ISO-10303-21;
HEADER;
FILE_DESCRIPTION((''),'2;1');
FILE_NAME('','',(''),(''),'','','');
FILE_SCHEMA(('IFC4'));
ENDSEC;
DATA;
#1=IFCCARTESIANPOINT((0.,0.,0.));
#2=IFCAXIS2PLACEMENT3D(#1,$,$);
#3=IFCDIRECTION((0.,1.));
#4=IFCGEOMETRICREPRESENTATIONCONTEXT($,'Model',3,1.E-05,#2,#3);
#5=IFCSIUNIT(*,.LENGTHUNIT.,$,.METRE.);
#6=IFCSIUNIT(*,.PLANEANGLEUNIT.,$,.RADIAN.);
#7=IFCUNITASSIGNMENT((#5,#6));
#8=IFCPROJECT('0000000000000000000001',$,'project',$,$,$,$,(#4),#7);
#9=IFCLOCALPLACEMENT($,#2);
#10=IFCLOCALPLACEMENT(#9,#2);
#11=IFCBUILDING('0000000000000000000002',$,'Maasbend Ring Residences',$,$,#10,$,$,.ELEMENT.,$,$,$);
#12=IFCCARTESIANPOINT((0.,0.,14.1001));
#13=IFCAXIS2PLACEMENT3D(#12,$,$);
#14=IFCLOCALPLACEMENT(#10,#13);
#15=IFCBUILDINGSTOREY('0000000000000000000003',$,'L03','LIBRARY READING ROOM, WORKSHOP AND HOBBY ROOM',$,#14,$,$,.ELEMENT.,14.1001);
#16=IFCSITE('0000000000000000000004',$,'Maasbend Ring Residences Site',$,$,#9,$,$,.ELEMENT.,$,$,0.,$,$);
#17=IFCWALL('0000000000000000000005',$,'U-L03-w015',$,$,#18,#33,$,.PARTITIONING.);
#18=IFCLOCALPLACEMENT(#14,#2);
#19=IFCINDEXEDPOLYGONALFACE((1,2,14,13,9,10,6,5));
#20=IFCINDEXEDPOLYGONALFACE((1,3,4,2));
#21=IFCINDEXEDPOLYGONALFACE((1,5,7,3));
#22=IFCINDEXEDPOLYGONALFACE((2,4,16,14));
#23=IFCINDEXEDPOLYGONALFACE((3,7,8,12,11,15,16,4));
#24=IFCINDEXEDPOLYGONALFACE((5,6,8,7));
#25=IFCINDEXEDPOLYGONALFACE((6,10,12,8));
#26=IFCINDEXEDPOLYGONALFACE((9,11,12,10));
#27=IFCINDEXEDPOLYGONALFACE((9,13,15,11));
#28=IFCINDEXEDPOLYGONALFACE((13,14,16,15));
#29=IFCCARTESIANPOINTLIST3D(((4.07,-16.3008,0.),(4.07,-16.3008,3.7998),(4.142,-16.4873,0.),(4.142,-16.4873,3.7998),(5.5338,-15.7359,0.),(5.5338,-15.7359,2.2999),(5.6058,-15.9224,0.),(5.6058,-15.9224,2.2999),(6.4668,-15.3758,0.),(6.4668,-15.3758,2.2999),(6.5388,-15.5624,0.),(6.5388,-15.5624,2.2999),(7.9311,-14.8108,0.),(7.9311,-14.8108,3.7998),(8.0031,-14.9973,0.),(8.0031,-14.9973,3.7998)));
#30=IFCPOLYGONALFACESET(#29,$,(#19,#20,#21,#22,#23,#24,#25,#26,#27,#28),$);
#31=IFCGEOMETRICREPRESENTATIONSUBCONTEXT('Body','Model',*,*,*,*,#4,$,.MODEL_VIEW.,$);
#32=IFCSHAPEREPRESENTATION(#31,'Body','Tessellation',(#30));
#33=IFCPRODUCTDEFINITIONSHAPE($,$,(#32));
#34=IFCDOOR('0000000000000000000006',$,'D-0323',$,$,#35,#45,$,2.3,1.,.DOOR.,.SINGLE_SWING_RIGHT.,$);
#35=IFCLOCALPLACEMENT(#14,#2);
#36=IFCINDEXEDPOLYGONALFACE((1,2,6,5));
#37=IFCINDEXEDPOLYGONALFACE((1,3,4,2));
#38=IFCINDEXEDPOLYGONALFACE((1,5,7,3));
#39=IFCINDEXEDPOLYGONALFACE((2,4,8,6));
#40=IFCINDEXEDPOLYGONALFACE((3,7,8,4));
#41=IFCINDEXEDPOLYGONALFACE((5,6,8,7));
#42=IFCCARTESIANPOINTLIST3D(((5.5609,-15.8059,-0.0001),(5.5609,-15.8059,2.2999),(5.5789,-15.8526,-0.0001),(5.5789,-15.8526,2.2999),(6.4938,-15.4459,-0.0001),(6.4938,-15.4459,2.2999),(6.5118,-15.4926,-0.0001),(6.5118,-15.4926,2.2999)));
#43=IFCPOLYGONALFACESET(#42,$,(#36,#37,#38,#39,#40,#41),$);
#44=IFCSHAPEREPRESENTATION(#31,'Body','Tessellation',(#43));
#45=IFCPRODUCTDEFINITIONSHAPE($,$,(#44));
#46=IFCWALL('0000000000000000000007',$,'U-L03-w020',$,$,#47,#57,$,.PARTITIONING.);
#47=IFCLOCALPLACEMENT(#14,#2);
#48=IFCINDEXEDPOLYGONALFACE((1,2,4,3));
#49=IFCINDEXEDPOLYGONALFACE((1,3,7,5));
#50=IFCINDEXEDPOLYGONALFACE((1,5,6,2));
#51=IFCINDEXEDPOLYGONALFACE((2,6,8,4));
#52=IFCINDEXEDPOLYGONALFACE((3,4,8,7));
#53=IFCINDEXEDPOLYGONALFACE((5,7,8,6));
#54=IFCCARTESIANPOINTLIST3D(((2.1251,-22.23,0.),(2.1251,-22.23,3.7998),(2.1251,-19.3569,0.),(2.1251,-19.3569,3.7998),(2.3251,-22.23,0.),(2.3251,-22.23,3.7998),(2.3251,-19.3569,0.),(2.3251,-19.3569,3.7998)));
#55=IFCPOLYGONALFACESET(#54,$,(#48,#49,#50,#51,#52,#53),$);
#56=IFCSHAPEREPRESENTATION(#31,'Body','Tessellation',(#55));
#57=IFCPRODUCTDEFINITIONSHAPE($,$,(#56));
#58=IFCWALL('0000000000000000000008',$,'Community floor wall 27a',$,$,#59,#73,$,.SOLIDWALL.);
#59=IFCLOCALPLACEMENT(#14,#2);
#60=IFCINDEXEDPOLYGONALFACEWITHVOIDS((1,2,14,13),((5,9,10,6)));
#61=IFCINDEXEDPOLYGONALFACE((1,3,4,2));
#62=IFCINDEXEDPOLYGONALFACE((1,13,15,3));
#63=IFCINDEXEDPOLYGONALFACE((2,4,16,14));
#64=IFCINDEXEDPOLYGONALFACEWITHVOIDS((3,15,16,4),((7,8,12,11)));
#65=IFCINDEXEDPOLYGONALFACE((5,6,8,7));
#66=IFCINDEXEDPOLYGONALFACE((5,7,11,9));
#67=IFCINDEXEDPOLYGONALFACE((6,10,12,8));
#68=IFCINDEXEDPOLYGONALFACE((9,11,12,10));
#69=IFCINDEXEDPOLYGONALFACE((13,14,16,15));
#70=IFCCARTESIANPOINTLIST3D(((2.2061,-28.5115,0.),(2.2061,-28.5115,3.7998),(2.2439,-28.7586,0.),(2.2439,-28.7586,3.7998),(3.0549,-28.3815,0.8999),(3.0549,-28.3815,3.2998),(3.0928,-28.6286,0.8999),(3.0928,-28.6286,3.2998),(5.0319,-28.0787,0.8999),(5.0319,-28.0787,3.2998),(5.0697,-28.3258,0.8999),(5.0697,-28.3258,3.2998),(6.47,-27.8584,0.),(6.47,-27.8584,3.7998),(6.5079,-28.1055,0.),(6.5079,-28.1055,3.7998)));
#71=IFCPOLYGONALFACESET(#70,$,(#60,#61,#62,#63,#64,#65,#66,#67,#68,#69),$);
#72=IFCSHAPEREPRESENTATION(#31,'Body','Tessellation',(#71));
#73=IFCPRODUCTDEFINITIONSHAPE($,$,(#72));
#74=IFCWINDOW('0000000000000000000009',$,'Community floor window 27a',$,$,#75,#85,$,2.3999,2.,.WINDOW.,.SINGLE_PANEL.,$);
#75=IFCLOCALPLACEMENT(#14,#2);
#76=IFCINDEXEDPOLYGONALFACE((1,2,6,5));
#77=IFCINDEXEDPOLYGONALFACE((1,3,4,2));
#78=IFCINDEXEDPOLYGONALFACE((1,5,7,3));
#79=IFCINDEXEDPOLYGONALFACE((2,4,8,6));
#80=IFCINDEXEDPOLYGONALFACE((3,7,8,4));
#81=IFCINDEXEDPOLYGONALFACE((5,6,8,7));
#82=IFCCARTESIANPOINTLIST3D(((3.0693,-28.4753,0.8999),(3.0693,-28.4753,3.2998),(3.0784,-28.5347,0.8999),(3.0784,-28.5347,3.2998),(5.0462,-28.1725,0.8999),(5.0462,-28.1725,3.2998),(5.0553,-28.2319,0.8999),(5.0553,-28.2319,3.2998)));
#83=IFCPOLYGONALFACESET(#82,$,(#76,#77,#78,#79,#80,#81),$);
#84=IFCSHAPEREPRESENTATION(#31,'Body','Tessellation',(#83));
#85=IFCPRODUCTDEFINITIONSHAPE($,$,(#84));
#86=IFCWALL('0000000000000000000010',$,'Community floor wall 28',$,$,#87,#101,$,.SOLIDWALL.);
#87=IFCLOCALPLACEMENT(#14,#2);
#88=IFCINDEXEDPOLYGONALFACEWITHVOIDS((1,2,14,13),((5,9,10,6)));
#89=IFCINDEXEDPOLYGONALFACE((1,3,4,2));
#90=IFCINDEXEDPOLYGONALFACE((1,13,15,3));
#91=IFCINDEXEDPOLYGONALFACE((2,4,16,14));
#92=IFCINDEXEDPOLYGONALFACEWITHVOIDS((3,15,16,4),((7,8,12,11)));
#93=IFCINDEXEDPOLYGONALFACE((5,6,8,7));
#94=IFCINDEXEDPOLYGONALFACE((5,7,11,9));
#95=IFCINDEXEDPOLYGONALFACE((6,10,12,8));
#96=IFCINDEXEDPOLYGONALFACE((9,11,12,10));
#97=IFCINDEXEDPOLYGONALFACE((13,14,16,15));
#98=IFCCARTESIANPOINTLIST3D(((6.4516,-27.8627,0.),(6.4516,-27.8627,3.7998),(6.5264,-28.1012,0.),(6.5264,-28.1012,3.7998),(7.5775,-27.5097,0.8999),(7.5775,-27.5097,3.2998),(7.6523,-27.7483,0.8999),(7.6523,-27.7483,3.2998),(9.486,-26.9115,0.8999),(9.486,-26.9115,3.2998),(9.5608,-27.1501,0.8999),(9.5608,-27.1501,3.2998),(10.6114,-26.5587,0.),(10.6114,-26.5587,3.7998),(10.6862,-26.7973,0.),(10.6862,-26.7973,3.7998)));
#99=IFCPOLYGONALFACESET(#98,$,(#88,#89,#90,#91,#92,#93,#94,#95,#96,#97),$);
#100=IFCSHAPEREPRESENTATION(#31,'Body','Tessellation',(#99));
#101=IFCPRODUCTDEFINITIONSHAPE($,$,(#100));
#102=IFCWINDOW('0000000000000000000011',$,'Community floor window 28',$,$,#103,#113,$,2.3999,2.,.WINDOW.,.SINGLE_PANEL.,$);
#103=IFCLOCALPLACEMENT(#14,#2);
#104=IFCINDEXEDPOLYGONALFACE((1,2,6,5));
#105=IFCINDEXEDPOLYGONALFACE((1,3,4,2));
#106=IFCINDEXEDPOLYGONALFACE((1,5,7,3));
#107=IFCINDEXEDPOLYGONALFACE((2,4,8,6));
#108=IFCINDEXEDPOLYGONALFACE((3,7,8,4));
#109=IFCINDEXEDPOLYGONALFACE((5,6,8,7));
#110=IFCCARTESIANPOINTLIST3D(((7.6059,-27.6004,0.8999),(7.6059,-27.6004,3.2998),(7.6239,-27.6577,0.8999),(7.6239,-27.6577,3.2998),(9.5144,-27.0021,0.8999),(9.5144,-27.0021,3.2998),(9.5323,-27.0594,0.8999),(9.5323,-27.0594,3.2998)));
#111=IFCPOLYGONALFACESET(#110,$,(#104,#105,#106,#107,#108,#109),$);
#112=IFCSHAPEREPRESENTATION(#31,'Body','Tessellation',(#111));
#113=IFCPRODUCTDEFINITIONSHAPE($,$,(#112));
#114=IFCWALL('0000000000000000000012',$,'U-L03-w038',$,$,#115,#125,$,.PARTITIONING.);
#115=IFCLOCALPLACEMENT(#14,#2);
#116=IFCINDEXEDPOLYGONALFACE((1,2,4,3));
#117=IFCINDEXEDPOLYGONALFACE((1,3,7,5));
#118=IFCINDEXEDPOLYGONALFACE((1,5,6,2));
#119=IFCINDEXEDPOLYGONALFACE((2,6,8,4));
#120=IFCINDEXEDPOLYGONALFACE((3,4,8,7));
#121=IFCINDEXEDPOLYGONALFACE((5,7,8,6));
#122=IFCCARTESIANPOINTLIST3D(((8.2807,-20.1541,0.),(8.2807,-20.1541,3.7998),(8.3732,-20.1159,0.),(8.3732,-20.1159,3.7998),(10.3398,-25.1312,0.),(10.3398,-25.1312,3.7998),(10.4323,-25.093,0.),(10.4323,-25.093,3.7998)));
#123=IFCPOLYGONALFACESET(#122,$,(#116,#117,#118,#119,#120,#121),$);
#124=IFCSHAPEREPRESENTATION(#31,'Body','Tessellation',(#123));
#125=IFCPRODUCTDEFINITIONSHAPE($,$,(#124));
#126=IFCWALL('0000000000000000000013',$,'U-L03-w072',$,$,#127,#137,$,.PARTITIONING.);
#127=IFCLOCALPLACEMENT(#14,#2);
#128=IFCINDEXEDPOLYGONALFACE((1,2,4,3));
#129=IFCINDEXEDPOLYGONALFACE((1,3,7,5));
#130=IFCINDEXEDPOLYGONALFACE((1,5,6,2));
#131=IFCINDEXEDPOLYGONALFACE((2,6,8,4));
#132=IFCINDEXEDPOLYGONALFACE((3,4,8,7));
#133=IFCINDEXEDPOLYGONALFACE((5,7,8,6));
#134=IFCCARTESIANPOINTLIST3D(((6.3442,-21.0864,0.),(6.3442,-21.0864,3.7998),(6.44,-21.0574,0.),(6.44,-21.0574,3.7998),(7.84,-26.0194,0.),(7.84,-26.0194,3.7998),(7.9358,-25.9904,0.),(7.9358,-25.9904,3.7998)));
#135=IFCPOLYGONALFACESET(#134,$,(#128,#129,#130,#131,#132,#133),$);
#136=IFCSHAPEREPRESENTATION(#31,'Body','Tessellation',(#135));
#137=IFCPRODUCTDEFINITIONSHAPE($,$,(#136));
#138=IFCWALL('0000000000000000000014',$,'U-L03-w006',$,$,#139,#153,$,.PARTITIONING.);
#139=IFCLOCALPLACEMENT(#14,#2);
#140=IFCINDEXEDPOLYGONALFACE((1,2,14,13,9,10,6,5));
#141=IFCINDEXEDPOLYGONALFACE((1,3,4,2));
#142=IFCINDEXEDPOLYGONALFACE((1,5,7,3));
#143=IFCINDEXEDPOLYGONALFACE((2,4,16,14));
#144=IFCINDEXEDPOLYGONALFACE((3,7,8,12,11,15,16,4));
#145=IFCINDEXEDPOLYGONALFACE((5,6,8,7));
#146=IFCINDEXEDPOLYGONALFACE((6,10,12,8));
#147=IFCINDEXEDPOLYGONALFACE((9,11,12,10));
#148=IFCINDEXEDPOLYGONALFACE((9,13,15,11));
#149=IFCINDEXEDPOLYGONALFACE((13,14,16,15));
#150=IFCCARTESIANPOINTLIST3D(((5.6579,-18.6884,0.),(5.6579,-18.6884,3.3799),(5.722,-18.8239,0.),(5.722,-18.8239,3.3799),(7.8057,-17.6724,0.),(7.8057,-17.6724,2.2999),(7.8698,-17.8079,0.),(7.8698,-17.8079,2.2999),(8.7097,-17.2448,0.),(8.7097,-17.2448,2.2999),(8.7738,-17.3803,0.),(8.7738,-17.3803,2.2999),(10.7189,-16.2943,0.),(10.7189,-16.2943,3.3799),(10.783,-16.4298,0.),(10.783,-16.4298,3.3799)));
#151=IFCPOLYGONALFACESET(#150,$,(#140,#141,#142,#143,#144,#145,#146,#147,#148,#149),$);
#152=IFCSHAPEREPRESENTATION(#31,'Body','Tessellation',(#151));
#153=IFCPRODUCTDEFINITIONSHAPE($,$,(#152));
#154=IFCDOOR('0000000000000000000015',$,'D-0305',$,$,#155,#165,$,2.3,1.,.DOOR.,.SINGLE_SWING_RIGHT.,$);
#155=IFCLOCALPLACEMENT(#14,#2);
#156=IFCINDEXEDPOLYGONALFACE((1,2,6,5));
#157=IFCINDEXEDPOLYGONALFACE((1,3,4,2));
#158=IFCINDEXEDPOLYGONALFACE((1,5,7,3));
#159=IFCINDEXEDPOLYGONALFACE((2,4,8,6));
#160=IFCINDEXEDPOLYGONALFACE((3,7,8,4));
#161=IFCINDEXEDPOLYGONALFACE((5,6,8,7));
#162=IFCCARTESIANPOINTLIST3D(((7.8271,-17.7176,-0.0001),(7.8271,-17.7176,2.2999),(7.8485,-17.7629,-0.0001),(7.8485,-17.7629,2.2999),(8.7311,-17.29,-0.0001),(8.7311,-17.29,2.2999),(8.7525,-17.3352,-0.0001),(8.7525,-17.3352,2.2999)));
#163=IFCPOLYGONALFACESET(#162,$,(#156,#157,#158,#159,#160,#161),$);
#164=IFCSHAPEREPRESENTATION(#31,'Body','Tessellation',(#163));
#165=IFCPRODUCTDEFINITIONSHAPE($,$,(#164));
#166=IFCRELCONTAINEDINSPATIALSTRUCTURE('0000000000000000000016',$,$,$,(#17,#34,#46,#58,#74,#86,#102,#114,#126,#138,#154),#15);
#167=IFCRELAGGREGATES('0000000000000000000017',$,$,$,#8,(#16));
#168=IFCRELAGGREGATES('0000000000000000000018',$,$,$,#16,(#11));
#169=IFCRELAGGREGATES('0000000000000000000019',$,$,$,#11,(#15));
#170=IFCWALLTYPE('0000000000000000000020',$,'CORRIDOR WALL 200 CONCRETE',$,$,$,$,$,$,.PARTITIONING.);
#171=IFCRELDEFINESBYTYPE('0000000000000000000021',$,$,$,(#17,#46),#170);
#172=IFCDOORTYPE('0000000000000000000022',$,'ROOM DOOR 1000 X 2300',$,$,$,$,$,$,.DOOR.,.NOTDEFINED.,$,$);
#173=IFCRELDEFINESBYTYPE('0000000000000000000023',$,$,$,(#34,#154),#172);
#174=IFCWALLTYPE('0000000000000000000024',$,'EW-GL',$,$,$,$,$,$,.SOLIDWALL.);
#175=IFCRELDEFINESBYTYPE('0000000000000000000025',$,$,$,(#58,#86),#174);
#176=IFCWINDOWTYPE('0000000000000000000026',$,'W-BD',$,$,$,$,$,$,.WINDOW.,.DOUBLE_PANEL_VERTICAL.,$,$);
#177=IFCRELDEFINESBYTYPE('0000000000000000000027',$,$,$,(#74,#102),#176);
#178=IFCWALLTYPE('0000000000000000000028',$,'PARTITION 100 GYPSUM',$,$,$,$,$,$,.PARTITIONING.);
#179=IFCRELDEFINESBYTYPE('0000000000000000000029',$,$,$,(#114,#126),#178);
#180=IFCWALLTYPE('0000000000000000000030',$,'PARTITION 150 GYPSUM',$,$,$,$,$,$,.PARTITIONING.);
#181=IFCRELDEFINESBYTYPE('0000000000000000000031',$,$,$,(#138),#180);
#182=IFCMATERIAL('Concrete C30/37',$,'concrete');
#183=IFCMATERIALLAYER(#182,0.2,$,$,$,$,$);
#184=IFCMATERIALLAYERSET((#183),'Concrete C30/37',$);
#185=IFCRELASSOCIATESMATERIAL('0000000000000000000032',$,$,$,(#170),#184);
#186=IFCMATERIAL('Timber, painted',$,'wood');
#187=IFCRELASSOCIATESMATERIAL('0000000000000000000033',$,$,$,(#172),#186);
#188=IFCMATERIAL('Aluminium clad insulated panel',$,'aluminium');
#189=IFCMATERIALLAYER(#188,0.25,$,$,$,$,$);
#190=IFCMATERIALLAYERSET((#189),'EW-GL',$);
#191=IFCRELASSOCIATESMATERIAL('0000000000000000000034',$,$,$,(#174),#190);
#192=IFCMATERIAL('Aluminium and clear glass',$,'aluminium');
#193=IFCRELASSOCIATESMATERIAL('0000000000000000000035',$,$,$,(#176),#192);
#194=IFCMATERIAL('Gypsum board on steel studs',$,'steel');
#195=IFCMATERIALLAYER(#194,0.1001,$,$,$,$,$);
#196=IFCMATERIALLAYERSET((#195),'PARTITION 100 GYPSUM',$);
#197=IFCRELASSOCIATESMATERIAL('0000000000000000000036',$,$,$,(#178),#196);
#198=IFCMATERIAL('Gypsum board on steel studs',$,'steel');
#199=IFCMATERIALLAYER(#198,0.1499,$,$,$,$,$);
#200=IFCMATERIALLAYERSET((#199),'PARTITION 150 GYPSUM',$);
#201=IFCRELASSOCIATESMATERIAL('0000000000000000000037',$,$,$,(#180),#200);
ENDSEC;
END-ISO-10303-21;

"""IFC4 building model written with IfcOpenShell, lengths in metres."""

from ifc_helpers import new_model, si_unit, direction, frame, frame_2d, origin, place, context, subcontext, project, spatial, rectangle, extrude, material, layer, layer_set, type_object, element, fill, save


model = new_model("IFC4")

# Units and contexts
model_context = context("Model", 3, precision=1e-05, world=origin(), true_north=direction((0.0, 1.0)))
body_context = subcontext(model_context, "Body", "Model", "MODEL_VIEW")
ifc_project = project(units=[si_unit("LENGTHUNIT", "METRE"), si_unit("PLANEANGLEUNIT", "RADIAN")], contexts=[model_context])

# Site, building, storey
site_placement = place(None, origin())
site = spatial("IfcSite", under=ifc_project, at=site_placement, Name="Maasbend Ring Residences Site", CompositionType="ELEMENT", RefElevation=0.0)
building_placement = place(site_placement, origin())
building = spatial("IfcBuilding", under=site, at=building_placement, Name="Maasbend Ring Residences", CompositionType="ELEMENT")
storey_placement = place(building_placement, frame((0.0, 0.0, 14.1001)))
storey = spatial("IfcBuildingStorey", under=building, at=storey_placement, Name="L03", Description="LIBRARY READING ROOM, WORKSHOP AND HOBBY ROOM", CompositionType="ELEMENT", Elevation=14.1001)

# Shared definitions
ifc_material_1 = material(Name="Concrete C30/37", Category="concrete")
ifc_layer_1 = layer(ifc_material_1, 0.2)
ifc_layer_set_1 = layer_set([ifc_layer_1], Name="Concrete C30/37")
wall_type_1 = type_object("IfcWallType", Name="CORRIDOR WALL 200 CONCRETE", PredefinedType="PARTITIONING", material=ifc_layer_set_1)

# Wall, opening, door
wall_1_placement = place(storey_placement, frame((4.106, -16.394, 0.0), z_axis=(0.0, 0.0, 1.0), x_axis=(0.932944, 0.360022, 0.0)))
wall_1 = element("IfcWall", 1, at=wall_1_placement, inside=storey, type_object=wall_type_1, Name="U-L03-w015", PredefinedType="PARTITIONING", context=body_context, shape_type="SweptSolid", body=[
    extrude(rectangle(XDim=4.1387, YDim=0.2, at=frame_2d((2.0693, 0.0))), origin(), (0.0, 0.0, 1.0), 3.7998),
])
opening_1_placement = place(wall_1_placement, frame((1.5691, 0.0, 0.0)))
opening_1 = element("IfcOpeningElement", 2, at=opening_1_placement, cuts=wall_1, PredefinedType="OPENING", context=body_context, shape_type="SweptSolid", body=[
    extrude(rectangle(XDim=1.0, YDim=2.3, at=frame_2d((0.5, 1.1499))), frame((0.0, 0.1099, 0.0), z_axis=(0.0, -1.0, 0.0), x_axis=(1.0, 0.0, 0.0)), (0.0, 0.0, 1.0), 0.22),
])
ifc_material_2 = material(Name="Timber, painted", Category="wood")
door_type_1 = type_object("IfcDoorType", Name="ROOM DOOR 1000 X 2300", OperationType="NOTDEFINED", PredefinedType="DOOR", material=ifc_material_2)
door_1_placement = place(opening_1_placement, origin())
door_1 = element("IfcDoor", 3, at=door_1_placement, inside=storey, type_object=door_type_1, Name="D-0323", OperationType="SINGLE_SWING_RIGHT", OverallHeight=2.3, OverallWidth=1.0, PredefinedType="DOOR", context=body_context, shape_type="SweptSolid", body=[
    extrude(rectangle(XDim=1.0, YDim=2.3, at=frame_2d((0.5, 1.1499))), frame((0.0, 0.0249, 0.0), z_axis=(0.0, -1.0, 0.0), x_axis=(1.0, 0.0, 0.0)), (0.0, 0.0, 1.0), 0.05),
])
fill(opening_1, door_1)

# Wall
wall_2_placement = place(storey_placement, frame((2.2251, -22.23, 0.0), z_axis=(0.0, 0.0, 1.0), x_axis=(0.0, 1.0, 0.0)))
element("IfcWall", 4, at=wall_2_placement, inside=storey, type_object=wall_type_1, Name="U-L03-w020", PredefinedType="PARTITIONING", context=body_context, shape_type="SweptSolid", body=[
    extrude(rectangle(XDim=2.873, YDim=0.2, at=frame_2d((1.4365, 0.0))), origin(), (0.0, 0.0, 1.0), 3.7998),
])

# Walls, openings, windows
ifc_material_3 = material(Name="Aluminium clad insulated panel", Category="aluminium")
ifc_layer_2 = layer(ifc_material_3, 0.25)
ifc_layer_set_2 = layer_set([ifc_layer_2], Name="EW-GL")
wall_type_2 = type_object("IfcWallType", Name="EW-GL", PredefinedType="SOLIDWALL", material=ifc_layer_set_2)
wall_3_placement = place(storey_placement, frame((2.2251, -28.635, 0.0), z_axis=(0.0, 0.0, 1.0), x_axis=(0.988473, 0.151398, 0.0)))
wall_3 = element("IfcWall", 5, at=wall_3_placement, inside=storey, type_object=wall_type_2, Name="Community floor wall 27a", PredefinedType="SOLIDWALL", context=body_context, shape_type="SweptSolid", body=[
    extrude(rectangle(XDim=4.3137, YDim=0.25, at=frame_2d((2.1567, 0.0))), origin(), (0.0, 0.0, 1.0), 3.7998),
])
opening_2_placement = place(wall_3_placement, frame((0.8586, 0.0, 0.8999)))
opening_2 = element("IfcOpeningElement", 6, at=opening_2_placement, cuts=wall_3, PredefinedType="OPENING", context=body_context, shape_type="SweptSolid", body=[
    extrude(rectangle(XDim=2.0, YDim=2.3999, at=frame_2d((1.0, 1.2))), frame((0.0, 0.135, 0.0), z_axis=(0.0, -1.0, 0.0), x_axis=(1.0, 0.0, 0.0)), (0.0, 0.0, 1.0), 0.27),
])
ifc_material_4 = material(Name="Aluminium and clear glass", Category="aluminium")
window_type = type_object("IfcWindowType", Name="W-BD", PartitioningType="DOUBLE_PANEL_VERTICAL", PredefinedType="WINDOW", material=ifc_material_4)
window_1_placement = place(opening_2_placement, origin())
window_1 = element("IfcWindow", 7, at=window_1_placement, inside=storey, type_object=window_type, Name="Community floor window 27a", OverallHeight=2.3999, OverallWidth=2.0, PartitioningType="SINGLE_PANEL", PredefinedType="WINDOW", context=body_context, shape_type="SweptSolid", body=[
    extrude(rectangle(XDim=2.0, YDim=2.3999, at=frame_2d((1.0, 1.2))), frame((0.0, 0.03, 0.0), z_axis=(0.0, -1.0, 0.0), x_axis=(1.0, 0.0, 0.0)), (0.0, 0.0, 1.0), 0.0601),
])
fill(opening_2, window_1)
wall_4_placement = place(storey_placement, frame((6.489, -27.9819, 0.0), z_axis=(0.0, 0.0, 1.0), x_axis=(0.95422, 0.299107, 0.0)))
wall_4 = element("IfcWall", 8, at=wall_4_placement, inside=storey, type_object=wall_type_2, Name="Community floor wall 28", PredefinedType="SOLIDWALL", context=body_context, shape_type="SweptSolid", body=[
    extrude(rectangle(XDim=4.3594, YDim=0.25, at=frame_2d((2.1797, 0.0))), origin(), (0.0, 0.0, 1.0), 3.7998),
])
opening_3_placement = place(wall_4_placement, frame((1.1799, 0.0, 0.8999)))
opening_3 = element("IfcOpeningElement", 9, at=opening_3_placement, cuts=wall_4, PredefinedType="OPENING", context=body_context, shape_type="SweptSolid", body=[
    extrude(rectangle(XDim=2.0, YDim=2.3999, at=frame_2d((1.0, 1.2))), frame((0.0, 0.135, 0.0), z_axis=(0.0, -1.0, 0.0), x_axis=(1.0, 0.0, 0.0)), (0.0, 0.0, 1.0), 0.27),
])
window_2_placement = place(opening_3_placement, origin())
window_2 = element("IfcWindow", 10, at=window_2_placement, inside=storey, type_object=window_type, Name="Community floor window 28", OverallHeight=2.3999, OverallWidth=2.0, PartitioningType="SINGLE_PANEL", PredefinedType="WINDOW", context=body_context, shape_type="SweptSolid", body=[
    extrude(rectangle(XDim=2.0, YDim=2.3999, at=frame_2d((1.0, 1.2))), frame((0.0, 0.03, 0.0), z_axis=(0.0, -1.0, 0.0), x_axis=(1.0, 0.0, 0.0)), (0.0, 0.0, 1.0), 0.0601),
])
fill(opening_3, window_2)

# Walls
ifc_material_5 = material(Name="Gypsum board on steel studs", Category="steel")
ifc_layer_3 = layer(ifc_material_5, 0.1001)
ifc_layer_set_3 = layer_set([ifc_layer_3], Name="PARTITION 100 GYPSUM")
wall_type_3 = type_object("IfcWallType", Name="PARTITION 100 GYPSUM", PredefinedType="PARTITIONING", material=ifc_layer_set_3)
wall_5_placement = place(storey_placement, frame((8.3269, -20.135, 0.0), z_axis=(0.0, 0.0, 1.0), x_axis=(0.38229, -0.924042, 0.0)))
element("IfcWall", 11, at=wall_5_placement, inside=storey, type_object=wall_type_3, Name="U-L03-w038", PredefinedType="PARTITIONING", context=body_context, shape_type="SweptSolid", body=[
    extrude(rectangle(XDim=5.3862, YDim=0.1001, at=frame_2d((2.6931, 0.0))), origin(), (0.0, 0.0, 1.0), 3.7998),
])
wall_6_placement = place(storey_placement, frame((7.8879, -26.0049, 0.0), z_axis=(0.0, 0.0, 1.0), x_axis=(-0.290193, 0.956968, 0.0)))
element("IfcWall", 12, at=wall_6_placement, inside=storey, type_object=wall_type_3, Name="U-L03-w072", PredefinedType="PARTITIONING", context=body_context, shape_type="SweptSolid", body=[
    extrude(rectangle(XDim=5.1548, YDim=0.1001, at=frame_2d((2.5774, 0.0))), origin(), (0.0, 0.0, 1.0), 3.7998),
])

# Wall, opening, door
ifc_material_6 = material(Name="Gypsum board on steel studs", Category="steel")
ifc_layer_4 = layer(ifc_material_6, 0.1499)
ifc_layer_set_4 = layer_set([ifc_layer_4], Name="PARTITION 150 GYPSUM")
wall_type_4 = type_object("IfcWallType", Name="PARTITION 150 GYPSUM", PredefinedType="PARTITIONING", material=ifc_layer_set_4)
wall_7_placement = place(storey_placement, frame((5.6899, -18.7561, 0.0), z_axis=(0.0, 0.0, 1.0), x_axis=(0.903965, 0.427606, 0.0)))
wall_7 = element("IfcWall", 13, at=wall_7_placement, inside=storey, type_object=wall_type_4, Name="U-L03-w006", PredefinedType="PARTITIONING", context=body_context, shape_type="SweptSolid", body=[
    extrude(rectangle(XDim=5.5986, YDim=0.1499, at=frame_2d((2.7993, 0.0))), origin(), (0.0, 0.0, 1.0), 3.3799),
])
opening_4_placement = place(wall_7_placement, frame((2.376, 0.0, 0.0)))
opening_4 = element("IfcOpeningElement", 14, at=opening_4_placement, cuts=wall_7, PredefinedType="OPENING", context=body_context, shape_type="SweptSolid", body=[
    extrude(rectangle(XDim=1.0, YDim=2.3, at=frame_2d((0.5, 1.1499))), frame((0.0, 0.085, 0.0), z_axis=(0.0, -1.0, 0.0), x_axis=(1.0, 0.0, 0.0)), (0.0, 0.0, 1.0), 0.1699),
])
door_2_placement = place(opening_4_placement, origin())
door_2 = element("IfcDoor", 15, at=door_2_placement, inside=storey, type_object=door_type_1, Name="D-0305", OperationType="SINGLE_SWING_RIGHT", OverallHeight=2.3, OverallWidth=1.0, PredefinedType="DOOR", context=body_context, shape_type="SweptSolid", body=[
    extrude(rectangle(XDim=1.0, YDim=2.3, at=frame_2d((0.5, 1.1499))), frame((0.0, 0.0249, 0.0), z_axis=(0.0, -1.0, 0.0), x_axis=(1.0, 0.0, 0.0)), (0.0, 0.0, 1.0), 0.05),
])
fill(opening_4, door_2)

save(model, "model.ifc")
